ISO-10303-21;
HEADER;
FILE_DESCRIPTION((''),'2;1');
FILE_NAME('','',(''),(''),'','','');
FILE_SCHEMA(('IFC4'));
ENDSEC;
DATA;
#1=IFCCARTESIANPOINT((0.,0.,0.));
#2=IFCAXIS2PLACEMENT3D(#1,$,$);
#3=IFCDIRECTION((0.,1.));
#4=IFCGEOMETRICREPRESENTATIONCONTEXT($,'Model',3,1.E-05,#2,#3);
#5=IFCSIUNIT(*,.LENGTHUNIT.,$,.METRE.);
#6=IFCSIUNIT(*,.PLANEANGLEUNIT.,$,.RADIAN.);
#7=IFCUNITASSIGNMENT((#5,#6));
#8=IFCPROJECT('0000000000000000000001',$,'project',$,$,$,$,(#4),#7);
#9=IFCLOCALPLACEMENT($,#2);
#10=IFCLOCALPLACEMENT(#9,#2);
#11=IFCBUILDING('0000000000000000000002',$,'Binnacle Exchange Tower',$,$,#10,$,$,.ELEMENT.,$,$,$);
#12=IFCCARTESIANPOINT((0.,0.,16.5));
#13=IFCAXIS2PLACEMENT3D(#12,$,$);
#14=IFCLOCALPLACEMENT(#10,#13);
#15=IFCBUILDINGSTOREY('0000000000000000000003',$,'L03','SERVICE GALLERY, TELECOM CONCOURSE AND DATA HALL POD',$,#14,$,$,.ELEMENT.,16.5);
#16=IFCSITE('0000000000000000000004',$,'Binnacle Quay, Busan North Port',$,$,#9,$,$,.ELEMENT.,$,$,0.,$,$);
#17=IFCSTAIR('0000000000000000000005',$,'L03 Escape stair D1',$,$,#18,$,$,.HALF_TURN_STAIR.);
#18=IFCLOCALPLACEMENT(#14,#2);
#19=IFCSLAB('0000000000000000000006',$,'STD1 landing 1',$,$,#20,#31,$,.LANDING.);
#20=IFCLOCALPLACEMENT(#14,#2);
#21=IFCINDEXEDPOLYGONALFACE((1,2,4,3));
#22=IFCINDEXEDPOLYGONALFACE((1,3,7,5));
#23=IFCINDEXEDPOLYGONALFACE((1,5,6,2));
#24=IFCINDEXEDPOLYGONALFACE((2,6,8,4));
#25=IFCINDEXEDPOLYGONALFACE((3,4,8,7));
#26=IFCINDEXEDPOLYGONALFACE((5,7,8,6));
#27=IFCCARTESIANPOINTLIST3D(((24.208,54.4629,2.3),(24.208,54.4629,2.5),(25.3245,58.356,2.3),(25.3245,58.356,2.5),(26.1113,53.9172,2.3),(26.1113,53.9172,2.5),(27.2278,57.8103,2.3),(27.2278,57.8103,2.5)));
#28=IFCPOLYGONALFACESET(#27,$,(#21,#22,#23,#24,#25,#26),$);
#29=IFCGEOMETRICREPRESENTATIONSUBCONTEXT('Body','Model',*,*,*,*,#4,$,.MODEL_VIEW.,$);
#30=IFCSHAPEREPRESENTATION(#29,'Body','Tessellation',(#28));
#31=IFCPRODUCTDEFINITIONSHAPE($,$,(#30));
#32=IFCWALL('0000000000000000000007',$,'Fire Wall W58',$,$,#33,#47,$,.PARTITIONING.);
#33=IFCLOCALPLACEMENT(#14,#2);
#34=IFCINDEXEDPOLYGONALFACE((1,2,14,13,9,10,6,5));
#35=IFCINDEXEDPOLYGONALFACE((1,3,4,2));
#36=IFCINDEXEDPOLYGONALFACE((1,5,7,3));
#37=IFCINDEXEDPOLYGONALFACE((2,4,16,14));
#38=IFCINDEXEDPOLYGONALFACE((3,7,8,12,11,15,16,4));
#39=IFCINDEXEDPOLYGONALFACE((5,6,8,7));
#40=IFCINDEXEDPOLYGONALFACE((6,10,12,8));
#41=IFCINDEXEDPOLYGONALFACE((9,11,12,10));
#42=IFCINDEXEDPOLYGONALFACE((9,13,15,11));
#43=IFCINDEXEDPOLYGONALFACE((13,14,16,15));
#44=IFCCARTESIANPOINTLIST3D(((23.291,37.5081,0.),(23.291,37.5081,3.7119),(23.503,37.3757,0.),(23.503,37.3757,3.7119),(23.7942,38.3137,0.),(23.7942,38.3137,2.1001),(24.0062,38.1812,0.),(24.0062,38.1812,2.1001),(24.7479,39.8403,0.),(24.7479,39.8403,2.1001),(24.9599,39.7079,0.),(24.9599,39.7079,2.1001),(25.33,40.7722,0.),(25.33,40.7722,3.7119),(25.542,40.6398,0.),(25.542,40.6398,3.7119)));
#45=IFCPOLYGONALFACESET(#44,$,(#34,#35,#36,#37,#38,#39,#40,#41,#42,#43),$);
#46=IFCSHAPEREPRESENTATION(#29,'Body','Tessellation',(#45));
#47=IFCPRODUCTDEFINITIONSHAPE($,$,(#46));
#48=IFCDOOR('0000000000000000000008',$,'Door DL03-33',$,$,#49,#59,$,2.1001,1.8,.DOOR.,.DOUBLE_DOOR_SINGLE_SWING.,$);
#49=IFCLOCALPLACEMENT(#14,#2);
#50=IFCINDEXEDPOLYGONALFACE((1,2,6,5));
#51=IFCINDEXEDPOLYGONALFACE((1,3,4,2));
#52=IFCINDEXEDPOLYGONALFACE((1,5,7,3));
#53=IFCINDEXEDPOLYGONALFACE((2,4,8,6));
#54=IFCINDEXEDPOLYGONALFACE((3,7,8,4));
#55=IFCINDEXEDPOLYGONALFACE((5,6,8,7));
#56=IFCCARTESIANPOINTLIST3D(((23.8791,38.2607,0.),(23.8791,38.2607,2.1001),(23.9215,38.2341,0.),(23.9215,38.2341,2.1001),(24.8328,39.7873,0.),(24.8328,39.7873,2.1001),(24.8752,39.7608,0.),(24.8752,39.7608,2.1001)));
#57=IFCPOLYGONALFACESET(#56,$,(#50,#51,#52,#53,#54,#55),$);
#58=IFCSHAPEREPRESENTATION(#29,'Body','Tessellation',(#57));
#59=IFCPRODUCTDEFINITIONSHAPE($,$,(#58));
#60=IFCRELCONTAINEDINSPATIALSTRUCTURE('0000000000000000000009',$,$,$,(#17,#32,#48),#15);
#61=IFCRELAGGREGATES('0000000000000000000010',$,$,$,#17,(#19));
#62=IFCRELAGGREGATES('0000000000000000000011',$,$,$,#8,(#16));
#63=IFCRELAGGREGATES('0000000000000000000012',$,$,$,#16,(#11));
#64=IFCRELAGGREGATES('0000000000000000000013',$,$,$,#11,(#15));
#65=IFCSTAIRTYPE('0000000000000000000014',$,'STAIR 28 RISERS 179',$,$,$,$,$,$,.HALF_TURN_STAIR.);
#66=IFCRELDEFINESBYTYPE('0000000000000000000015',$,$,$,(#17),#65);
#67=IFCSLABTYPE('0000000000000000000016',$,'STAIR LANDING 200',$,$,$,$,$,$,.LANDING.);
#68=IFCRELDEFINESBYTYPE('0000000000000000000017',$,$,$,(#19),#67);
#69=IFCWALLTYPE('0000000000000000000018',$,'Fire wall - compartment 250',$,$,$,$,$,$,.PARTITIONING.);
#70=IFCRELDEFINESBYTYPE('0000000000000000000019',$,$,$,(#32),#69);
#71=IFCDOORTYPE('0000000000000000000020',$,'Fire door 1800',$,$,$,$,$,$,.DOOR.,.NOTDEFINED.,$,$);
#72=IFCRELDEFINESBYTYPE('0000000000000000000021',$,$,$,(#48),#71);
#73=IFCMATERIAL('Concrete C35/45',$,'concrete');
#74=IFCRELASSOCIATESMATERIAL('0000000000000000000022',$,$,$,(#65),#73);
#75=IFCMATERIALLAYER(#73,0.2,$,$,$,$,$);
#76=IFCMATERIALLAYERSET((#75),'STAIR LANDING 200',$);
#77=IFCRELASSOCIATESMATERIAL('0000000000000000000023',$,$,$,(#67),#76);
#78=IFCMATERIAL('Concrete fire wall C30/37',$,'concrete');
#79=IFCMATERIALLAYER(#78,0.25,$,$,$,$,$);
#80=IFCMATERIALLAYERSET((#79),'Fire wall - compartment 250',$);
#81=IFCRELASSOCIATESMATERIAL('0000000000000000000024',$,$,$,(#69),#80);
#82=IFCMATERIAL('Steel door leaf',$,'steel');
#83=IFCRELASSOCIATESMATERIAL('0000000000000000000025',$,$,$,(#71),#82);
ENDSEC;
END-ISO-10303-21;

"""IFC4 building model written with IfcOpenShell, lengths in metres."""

from ifc_helpers import new_model, si_unit, direction, frame, frame_2d, origin, place, context, subcontext, project, spatial, polyline, rectangle, outline, extrude, material, layer, layer_set, type_object, element, fill, aggregate, save


model = new_model("IFC4")

# Units and contexts
model_context = context("Model", 3, precision=1e-05, world=origin(), true_north=direction((0.0, 1.0)))
body_context = subcontext(model_context, "Body", "Model", "MODEL_VIEW")
ifc_project = project(units=[si_unit("LENGTHUNIT", "METRE"), si_unit("PLANEANGLEUNIT", "RADIAN")], contexts=[model_context])

# Site, building, storey
site_placement = place(None, origin())
site = spatial("IfcSite", under=ifc_project, at=site_placement, Name="Binnacle Quay, Busan North Port", CompositionType="ELEMENT", RefElevation=0.0)
building_placement = place(site_placement, origin())
building = spatial("IfcBuilding", under=site, at=building_placement, Name="Binnacle Exchange Tower", CompositionType="ELEMENT")
storey_placement = place(building_placement, frame((0.0, 0.0, 16.5)))
storey = spatial("IfcBuildingStorey", under=building, at=storey_placement, Name="L03", Description="SERVICE GALLERY, TELECOM CONCOURSE AND DATA HALL POD", CompositionType="ELEMENT", Elevation=16.5)

# Shared definitions
ifc_material_1 = material(Name="Concrete C35/45", Category="concrete")

# Stair, slab
stair_type = type_object("IfcStairType", Name="STAIR 28 RISERS 179", PredefinedType="HALF_TURN_STAIR", material=ifc_material_1)
ifc_layer_1 = layer(ifc_material_1, 0.2)
ifc_layer_set_1 = layer_set([ifc_layer_1], Name="STAIR LANDING 200")
slab_type_1 = type_object("IfcSlabType", Name="STAIR LANDING 200", PredefinedType="LANDING", material=ifc_layer_set_1)
stair_1_placement = place(storey_placement, origin())
stair_1 = element("IfcStair", 1, at=stair_1_placement, inside=storey, type_object=stair_type, Name="L03 Escape stair D1", PredefinedType="HALF_TURN_STAIR")
slab_1_placement = place(storey_placement, frame((0.0, 0.0, 2.3)))
slab_1 = element("IfcSlab", 2, at=slab_1_placement, type_object=slab_type_1, Name="STD1 landing 1", PredefinedType="LANDING", context=body_context, shape_type="SweptSolid", body=[
    extrude(outline(polyline([(24.208, 54.4629), (26.1113, 53.9172), (27.2278, 57.8103), (25.3245, 58.356), (24.208, 54.4629)])), origin(), (0.0, 0.0, 1.0), 0.2),
])
aggregate(stair_1, [slab_1])

# Wall, opening, door
ifc_material_2 = material(Name="Concrete fire wall C30/37", Category="concrete")
ifc_layer_2 = layer(ifc_material_2, 0.25)
ifc_layer_set_2 = layer_set([ifc_layer_2], Name="Fire wall - compartment 250")
wall_type = type_object("IfcWallType", Name="Fire wall - compartment 250", PredefinedType="PARTITIONING", material=ifc_layer_set_2)
wall_placement = place(storey_placement, frame((23.397, 37.4419, 0.0), z_axis=(0.0, 0.0, 1.0), x_axis=(0.529805, 0.848119, 0.0)))
wall = element("IfcWall", 3, at=wall_placement, inside=storey, type_object=wall_type, Name="Fire Wall W58", PredefinedType="PARTITIONING", context=body_context, shape_type="SweptSolid", body=[
    extrude(rectangle(XDim=3.8486, YDim=0.25, at=frame_2d((1.9243, 0.0))), origin(), (0.0, 0.0, 1.0), 3.7119),
])
opening_placement = place(wall_placement, frame((0.95, 0.0, 0.0)))
opening = element("IfcOpeningElement", 4, at=opening_placement, cuts=wall, PredefinedType="OPENING", context=body_context, shape_type="SweptSolid", body=[
    extrude(rectangle(XDim=1.8, YDim=2.1001, at=frame_2d((0.8999, 1.05))), frame((0.0, 0.135, 0.0), z_axis=(0.0, -1.0, 0.0), x_axis=(1.0, 0.0, 0.0)), (0.0, 0.0, 1.0), 0.27),
])
ifc_material_3 = material(Name="Steel door leaf", Category="steel")
door_type = type_object("IfcDoorType", Name="Fire door 1800", OperationType="NOTDEFINED", PredefinedType="DOOR", material=ifc_material_3)
door_placement = place(opening_placement, origin())
door = element("IfcDoor", 5, at=door_placement, inside=storey, type_object=door_type, Name="Door DL03-33", OperationType="DOUBLE_DOOR_SINGLE_SWING", OverallHeight=2.1001, OverallWidth=1.8, PredefinedType="DOOR", context=body_context, shape_type="SweptSolid", body=[
    extrude(rectangle(XDim=1.8, YDim=2.1001, at=frame_2d((0.8999, 1.05))), frame((0.0, 0.0249, 0.0), z_axis=(0.0, -1.0, 0.0), x_axis=(1.0, 0.0, 0.0)), (0.0, 0.0, 1.0), 0.05),
])
fill(opening, door)

save(model, "model.ifc")
